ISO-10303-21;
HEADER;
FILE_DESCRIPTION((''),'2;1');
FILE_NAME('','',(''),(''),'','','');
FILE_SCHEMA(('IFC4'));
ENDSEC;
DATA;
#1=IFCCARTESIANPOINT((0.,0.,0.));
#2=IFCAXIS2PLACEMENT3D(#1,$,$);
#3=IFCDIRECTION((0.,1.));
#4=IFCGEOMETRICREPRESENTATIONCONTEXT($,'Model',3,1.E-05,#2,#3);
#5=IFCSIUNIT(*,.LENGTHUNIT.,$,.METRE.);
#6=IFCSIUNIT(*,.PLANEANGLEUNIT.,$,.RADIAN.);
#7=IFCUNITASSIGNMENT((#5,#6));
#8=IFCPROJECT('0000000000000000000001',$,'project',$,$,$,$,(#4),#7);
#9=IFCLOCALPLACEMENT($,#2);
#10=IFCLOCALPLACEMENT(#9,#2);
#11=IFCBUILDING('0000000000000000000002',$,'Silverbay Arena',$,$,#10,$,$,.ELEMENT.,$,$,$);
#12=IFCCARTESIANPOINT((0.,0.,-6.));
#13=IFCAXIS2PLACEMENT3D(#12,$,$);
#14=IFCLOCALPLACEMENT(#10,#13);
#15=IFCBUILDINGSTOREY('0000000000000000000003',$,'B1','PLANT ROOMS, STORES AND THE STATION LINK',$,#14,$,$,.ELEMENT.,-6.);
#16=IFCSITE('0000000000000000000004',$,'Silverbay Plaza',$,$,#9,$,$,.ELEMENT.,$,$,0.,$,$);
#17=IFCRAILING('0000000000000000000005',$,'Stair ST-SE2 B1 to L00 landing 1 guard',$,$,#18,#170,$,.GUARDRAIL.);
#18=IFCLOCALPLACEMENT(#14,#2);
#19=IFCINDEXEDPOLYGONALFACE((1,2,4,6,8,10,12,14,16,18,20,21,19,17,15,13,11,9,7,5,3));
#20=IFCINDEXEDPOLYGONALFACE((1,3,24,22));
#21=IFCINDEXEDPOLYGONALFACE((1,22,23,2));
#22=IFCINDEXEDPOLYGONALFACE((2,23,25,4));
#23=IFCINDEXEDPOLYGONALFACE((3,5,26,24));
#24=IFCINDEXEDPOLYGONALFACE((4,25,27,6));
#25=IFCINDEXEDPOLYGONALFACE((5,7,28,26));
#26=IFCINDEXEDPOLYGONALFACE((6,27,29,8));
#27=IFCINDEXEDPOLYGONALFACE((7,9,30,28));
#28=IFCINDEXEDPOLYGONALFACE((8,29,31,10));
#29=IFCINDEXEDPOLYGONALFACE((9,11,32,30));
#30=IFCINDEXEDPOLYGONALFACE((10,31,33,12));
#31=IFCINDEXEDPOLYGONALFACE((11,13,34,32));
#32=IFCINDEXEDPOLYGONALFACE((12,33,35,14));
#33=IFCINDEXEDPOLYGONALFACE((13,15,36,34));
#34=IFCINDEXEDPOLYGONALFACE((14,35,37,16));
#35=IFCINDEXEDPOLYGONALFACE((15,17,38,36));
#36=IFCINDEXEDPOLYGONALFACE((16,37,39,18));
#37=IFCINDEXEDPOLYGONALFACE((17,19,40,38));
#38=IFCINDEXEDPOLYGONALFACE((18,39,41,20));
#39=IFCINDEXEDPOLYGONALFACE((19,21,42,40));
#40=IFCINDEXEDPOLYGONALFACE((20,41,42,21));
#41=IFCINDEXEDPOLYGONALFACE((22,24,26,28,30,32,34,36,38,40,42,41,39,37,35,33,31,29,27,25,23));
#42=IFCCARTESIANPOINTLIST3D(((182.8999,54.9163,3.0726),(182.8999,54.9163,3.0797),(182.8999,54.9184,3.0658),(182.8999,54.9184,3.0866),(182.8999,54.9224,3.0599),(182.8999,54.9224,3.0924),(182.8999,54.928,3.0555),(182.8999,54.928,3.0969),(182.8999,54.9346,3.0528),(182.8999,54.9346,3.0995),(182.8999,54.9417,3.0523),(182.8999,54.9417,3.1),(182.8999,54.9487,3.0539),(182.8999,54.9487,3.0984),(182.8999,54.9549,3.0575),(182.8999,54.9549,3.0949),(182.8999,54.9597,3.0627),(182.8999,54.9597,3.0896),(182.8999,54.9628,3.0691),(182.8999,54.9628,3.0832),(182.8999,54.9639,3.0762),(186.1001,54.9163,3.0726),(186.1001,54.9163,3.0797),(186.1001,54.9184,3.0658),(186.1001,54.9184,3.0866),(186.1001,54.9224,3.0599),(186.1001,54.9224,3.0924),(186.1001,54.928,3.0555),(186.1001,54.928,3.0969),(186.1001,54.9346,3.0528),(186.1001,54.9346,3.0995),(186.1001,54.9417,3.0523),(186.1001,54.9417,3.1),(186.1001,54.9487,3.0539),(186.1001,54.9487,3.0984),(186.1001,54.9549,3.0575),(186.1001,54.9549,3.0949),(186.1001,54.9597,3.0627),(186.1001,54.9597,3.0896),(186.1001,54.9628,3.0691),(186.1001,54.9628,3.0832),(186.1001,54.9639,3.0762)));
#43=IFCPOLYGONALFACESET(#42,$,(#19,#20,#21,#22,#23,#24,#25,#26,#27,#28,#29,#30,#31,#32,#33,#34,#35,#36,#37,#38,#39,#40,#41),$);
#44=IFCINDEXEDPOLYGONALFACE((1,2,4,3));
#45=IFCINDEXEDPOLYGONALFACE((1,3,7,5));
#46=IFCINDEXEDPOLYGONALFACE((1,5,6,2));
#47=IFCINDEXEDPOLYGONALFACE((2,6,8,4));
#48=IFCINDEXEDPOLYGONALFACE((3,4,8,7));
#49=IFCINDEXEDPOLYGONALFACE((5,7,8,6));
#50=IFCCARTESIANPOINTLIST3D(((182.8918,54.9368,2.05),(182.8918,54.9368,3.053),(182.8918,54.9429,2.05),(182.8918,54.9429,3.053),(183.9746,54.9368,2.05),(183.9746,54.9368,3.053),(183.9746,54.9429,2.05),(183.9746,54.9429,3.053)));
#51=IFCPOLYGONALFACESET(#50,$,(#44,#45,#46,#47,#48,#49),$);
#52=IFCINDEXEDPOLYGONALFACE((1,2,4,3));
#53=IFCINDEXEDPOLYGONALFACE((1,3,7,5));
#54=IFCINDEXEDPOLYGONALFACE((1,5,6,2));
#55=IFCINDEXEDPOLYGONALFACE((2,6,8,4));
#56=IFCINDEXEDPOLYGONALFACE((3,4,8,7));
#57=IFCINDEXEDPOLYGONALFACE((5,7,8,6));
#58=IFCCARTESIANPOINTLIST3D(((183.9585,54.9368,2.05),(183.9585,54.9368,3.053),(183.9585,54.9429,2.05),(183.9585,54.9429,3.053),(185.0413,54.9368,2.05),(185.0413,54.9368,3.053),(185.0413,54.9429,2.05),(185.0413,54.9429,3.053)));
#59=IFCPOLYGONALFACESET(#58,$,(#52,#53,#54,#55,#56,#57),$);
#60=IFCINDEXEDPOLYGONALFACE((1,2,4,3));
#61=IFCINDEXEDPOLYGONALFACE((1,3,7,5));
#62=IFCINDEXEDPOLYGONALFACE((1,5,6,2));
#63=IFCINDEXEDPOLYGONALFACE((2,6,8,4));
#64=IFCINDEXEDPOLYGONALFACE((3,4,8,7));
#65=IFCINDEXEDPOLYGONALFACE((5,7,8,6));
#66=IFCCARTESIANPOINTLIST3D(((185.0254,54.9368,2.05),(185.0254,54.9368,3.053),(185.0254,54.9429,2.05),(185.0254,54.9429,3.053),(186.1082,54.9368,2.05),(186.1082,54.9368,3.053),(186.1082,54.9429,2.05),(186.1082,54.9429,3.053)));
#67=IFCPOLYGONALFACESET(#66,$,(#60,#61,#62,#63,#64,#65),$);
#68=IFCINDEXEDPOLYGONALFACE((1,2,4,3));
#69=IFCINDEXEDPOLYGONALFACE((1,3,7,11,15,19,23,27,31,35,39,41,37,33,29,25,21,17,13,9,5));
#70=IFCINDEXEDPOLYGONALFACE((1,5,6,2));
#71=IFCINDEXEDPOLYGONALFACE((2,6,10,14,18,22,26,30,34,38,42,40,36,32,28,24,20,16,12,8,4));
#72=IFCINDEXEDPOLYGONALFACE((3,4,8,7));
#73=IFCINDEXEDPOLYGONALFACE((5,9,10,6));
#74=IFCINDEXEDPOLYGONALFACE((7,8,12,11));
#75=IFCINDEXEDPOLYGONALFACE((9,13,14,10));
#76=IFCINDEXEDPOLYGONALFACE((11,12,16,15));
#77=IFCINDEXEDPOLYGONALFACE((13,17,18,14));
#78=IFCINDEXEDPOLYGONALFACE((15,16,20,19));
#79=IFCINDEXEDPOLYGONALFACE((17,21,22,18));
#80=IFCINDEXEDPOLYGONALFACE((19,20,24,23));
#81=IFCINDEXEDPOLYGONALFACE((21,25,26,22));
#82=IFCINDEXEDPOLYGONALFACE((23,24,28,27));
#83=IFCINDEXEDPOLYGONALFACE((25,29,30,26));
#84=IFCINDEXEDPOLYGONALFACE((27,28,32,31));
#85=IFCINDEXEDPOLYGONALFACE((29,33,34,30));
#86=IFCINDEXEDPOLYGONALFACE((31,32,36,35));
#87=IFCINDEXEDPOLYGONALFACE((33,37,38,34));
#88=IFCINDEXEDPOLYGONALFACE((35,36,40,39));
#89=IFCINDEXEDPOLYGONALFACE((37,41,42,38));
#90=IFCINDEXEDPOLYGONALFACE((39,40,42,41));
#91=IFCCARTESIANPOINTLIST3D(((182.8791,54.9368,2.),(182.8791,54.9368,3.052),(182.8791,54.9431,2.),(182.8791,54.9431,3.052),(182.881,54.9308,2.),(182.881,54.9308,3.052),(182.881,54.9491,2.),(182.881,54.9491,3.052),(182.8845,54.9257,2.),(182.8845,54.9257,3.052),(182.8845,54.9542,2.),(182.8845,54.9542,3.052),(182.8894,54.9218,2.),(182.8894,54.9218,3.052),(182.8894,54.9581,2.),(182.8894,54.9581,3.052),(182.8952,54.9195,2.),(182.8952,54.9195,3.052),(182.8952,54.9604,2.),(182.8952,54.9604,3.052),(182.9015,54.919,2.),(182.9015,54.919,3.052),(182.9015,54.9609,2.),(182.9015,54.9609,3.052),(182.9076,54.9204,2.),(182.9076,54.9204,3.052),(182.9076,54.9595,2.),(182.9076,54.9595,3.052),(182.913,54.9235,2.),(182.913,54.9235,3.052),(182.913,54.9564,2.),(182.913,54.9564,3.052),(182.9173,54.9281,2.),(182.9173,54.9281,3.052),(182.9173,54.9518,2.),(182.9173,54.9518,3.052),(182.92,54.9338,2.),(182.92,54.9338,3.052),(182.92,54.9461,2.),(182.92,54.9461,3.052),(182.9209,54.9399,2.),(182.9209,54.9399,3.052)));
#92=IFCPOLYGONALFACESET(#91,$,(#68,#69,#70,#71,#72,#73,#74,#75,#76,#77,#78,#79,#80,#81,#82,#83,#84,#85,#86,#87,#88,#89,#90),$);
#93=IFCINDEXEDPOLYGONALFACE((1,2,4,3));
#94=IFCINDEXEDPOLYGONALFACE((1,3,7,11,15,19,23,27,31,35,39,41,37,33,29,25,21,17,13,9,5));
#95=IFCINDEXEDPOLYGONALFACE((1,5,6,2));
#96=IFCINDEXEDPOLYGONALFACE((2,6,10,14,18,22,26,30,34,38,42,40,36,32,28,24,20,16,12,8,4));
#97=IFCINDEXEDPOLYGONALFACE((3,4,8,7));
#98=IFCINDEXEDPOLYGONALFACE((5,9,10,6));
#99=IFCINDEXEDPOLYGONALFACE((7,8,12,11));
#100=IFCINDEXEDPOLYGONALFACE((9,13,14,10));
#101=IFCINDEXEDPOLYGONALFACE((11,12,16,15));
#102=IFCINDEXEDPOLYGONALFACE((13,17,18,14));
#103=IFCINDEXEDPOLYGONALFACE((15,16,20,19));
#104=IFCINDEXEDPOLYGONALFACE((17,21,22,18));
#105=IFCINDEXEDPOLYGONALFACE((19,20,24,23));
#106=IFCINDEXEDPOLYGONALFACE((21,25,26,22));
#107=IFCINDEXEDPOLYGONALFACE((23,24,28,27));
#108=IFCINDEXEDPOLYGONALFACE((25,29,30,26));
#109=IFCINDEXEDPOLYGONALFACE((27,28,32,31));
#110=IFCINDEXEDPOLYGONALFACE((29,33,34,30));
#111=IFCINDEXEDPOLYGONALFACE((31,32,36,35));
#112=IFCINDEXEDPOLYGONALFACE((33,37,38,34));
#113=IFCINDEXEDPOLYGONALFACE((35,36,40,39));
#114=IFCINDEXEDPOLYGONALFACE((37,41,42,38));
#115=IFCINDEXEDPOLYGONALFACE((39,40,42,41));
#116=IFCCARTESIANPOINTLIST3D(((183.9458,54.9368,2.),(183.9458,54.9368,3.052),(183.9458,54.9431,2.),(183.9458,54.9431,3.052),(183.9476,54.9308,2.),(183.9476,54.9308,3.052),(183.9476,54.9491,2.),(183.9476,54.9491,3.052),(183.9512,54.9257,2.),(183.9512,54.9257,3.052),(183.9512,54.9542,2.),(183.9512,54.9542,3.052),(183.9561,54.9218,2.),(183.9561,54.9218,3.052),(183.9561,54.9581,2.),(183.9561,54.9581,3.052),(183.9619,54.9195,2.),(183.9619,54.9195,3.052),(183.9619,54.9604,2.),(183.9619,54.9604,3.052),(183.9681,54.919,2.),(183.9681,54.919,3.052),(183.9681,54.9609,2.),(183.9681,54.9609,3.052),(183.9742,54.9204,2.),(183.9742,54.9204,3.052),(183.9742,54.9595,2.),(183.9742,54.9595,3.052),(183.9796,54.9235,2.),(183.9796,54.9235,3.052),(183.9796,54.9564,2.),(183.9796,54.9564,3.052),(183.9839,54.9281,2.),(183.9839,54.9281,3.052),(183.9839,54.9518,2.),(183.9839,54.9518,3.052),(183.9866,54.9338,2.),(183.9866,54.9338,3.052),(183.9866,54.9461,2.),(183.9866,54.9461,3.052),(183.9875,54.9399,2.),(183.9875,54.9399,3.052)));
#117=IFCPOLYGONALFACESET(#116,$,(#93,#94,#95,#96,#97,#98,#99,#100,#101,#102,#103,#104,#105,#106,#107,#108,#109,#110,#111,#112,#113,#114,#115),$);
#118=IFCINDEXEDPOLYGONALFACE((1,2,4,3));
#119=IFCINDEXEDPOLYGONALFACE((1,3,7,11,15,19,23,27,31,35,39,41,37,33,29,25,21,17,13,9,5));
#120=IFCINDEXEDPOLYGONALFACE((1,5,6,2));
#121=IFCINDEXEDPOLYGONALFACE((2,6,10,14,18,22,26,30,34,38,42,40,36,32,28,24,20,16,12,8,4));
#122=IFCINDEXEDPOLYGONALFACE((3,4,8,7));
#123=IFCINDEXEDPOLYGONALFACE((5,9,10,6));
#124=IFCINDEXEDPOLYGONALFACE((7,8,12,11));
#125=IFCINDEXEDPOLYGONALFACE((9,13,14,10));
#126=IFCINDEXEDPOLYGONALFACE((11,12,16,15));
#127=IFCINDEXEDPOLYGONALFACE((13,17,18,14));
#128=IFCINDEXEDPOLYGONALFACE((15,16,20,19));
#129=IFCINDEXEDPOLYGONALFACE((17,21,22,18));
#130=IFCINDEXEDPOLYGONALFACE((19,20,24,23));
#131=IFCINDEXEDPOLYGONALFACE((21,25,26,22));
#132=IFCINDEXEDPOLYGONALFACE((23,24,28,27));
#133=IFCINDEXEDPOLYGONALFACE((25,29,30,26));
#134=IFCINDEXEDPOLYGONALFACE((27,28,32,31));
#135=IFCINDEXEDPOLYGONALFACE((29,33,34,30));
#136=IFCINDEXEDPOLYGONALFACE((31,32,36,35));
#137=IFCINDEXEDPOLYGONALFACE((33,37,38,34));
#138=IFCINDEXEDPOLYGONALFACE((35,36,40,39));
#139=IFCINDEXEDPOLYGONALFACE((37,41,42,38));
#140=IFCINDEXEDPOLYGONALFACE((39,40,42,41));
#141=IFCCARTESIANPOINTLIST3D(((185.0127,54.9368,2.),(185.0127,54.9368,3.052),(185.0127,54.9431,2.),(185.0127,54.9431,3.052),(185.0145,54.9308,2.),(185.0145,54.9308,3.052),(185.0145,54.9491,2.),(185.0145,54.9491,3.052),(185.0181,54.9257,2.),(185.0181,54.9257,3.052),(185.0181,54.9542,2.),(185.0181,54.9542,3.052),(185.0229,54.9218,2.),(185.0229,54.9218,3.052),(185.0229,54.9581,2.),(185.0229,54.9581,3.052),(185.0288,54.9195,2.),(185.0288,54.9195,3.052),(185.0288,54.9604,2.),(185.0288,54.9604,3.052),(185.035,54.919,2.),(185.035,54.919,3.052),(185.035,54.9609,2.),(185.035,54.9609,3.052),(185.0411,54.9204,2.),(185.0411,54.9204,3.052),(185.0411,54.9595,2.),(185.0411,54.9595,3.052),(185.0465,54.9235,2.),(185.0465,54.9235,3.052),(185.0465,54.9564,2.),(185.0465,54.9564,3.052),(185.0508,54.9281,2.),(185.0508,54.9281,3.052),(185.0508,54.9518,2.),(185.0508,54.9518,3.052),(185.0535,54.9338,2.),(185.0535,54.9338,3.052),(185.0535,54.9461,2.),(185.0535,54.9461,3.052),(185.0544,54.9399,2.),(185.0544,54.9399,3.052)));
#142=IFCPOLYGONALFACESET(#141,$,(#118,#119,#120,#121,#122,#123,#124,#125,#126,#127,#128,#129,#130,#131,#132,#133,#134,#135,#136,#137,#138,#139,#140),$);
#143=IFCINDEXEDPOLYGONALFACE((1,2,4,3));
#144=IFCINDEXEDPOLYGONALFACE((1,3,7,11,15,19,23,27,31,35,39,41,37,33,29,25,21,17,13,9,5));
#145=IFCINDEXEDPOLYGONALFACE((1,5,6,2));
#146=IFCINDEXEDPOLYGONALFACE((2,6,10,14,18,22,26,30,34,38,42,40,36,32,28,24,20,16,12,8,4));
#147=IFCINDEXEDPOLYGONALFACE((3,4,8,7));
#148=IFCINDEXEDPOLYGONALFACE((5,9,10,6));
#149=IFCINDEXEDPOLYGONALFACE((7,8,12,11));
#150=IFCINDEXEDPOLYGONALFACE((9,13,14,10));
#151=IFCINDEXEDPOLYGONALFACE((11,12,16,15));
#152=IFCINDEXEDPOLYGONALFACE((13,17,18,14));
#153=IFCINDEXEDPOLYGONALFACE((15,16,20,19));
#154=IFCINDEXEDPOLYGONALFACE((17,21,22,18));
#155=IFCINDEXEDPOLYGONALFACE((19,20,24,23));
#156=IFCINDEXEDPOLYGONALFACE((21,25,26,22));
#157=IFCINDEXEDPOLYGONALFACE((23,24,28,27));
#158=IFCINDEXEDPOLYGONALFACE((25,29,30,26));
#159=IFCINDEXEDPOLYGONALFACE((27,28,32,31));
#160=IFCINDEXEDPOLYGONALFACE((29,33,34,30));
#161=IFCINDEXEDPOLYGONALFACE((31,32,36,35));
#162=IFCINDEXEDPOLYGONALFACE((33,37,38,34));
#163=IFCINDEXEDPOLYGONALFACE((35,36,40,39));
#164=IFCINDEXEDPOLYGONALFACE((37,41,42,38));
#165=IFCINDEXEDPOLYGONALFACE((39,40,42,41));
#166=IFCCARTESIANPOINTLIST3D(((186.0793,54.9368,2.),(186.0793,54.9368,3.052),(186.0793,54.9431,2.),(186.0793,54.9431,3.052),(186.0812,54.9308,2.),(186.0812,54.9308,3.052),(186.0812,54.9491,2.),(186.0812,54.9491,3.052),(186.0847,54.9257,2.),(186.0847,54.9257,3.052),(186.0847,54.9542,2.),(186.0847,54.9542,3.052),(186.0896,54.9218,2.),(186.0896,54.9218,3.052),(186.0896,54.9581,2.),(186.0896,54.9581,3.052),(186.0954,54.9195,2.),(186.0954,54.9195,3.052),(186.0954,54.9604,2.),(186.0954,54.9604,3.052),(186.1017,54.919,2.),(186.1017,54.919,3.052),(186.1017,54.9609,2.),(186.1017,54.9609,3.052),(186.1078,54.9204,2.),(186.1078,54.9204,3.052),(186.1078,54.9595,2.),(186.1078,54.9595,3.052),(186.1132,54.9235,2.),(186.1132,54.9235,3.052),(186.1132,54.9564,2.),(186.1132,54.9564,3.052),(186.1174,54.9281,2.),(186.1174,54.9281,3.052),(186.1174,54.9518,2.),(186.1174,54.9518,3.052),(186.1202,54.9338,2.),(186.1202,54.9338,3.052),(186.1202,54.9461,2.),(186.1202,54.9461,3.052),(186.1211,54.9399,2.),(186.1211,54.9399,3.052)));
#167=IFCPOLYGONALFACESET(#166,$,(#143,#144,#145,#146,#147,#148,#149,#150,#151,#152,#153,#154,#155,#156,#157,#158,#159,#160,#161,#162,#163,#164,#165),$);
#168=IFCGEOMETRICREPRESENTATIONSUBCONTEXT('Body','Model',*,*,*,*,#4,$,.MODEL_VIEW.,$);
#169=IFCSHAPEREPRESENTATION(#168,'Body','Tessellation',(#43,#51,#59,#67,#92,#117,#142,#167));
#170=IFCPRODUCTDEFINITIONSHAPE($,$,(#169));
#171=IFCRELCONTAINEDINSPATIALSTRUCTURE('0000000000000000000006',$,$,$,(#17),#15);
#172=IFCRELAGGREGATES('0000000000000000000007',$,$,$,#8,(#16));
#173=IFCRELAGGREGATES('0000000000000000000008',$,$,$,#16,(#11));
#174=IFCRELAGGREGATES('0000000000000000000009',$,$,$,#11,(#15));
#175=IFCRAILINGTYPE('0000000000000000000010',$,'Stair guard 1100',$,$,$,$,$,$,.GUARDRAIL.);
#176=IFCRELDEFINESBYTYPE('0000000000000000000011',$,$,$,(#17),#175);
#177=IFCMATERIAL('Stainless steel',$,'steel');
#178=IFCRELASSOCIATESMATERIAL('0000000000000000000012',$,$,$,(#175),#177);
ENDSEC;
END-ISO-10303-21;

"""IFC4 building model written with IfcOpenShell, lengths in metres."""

from ifc_helpers import new_model, si_unit, direction, frame, origin, origin_2d, place, context, subcontext, project, spatial, polyline, circle, outline, extrude, material, type_object, element, save


model = new_model("IFC4")

# Units and contexts
model_context = context("Model", 3, precision=1e-05, world=origin(), true_north=direction((0.0, 1.0)))
body_context = subcontext(model_context, "Body", "Model", "MODEL_VIEW")
ifc_project = project(units=[si_unit("LENGTHUNIT", "METRE"), si_unit("PLANEANGLEUNIT", "RADIAN")], contexts=[model_context])

# Site, building, storey
site_placement = place(None, origin())
site = spatial("IfcSite", under=ifc_project, at=site_placement, Name="Silverbay Plaza", CompositionType="ELEMENT", RefElevation=0.0)
building_placement = place(site_placement, origin())
building = spatial("IfcBuilding", under=site, at=building_placement, Name="Silverbay Arena", CompositionType="ELEMENT")
storey_placement = place(building_placement, frame((0.0, 0.0, -6.0)))
storey = spatial("IfcBuildingStorey", under=building, at=storey_placement, Name="B1", Description="PLANT ROOMS, STORES AND THE STATION LINK", CompositionType="ELEMENT", Elevation=-6.0)

# Railing
ifc_material_1 = material(Name="Stainless steel", Category="steel")
railing_type_1 = type_object("IfcRailingType", Name="Stair guard 1100", PredefinedType="GUARDRAIL", material=ifc_material_1)
for number, where, name in (
    (1, (182.8999, 54.9399, 2.0), "Stair ST-SE2 B1 to L00 landing 1 guard"),
):
    element("IfcRailing", number, at=place(storey_placement, frame(where)), inside=storey, type_object=railing_type_1, Name=name, PredefinedType="GUARDRAIL", context=body_context, shape_type="SweptSolid", body=[
        extrude(circle(Radius=0.0239, at=origin_2d()), frame((0.0, 0.0, 1.0762), z_axis=(1.0, 0.0, 0.0), x_axis=(0.0, 1.0, 0.0)), (0.0, 0.0, 1.0), 3.2002),
        extrude(outline(polyline([(-0.0081, 0.05), (1.0747, 0.05), (1.0747, 1.053), (-0.0081, 1.053), (-0.0081, 0.05)])), frame((0.0, 0.0029, 0.0), z_axis=(0.0, -1.0, 0.0), x_axis=(1.0, 0.0, 0.0)), (0.0, 0.0, 1.0), 0.0061),
        extrude(outline(polyline([(-0.0081, 0.05), (1.0747, 0.05), (1.0747, 1.053), (-0.0081, 1.053), (-0.0081, 0.05)])), frame((1.0667, 0.0029, 0.0), z_axis=(0.0, -1.0, 0.0), x_axis=(1.0, 0.0, 0.0)), (0.0, 0.0, 1.0), 0.0061),
        extrude(outline(polyline([(-0.0081, 0.05), (1.0747, 0.05), (1.0747, 1.053), (-0.0081, 1.053), (-0.0081, 0.05)])), frame((2.1335, 0.0029, 0.0), z_axis=(0.0, -1.0, 0.0), x_axis=(1.0, 0.0, 0.0)), (0.0, 0.0, 1.0), 0.0061),
        extrude(circle(Radius=0.021, at=origin_2d()), origin(), (0.0, 0.0, 1.0), 1.052),
        extrude(circle(Radius=0.021, at=origin_2d()), frame((1.0667, 0.0, 0.0)), (0.0, 0.0, 1.0), 1.052),
        extrude(circle(Radius=0.021, at=origin_2d()), frame((2.1335, 0.0, 0.0)), (0.0, 0.0, 1.0), 1.052),
        extrude(circle(Radius=0.021, at=origin_2d()), frame((3.2002, 0.0, 0.0)), (0.0, 0.0, 1.0), 1.052),
    ])

save(model, "model.ifc")
